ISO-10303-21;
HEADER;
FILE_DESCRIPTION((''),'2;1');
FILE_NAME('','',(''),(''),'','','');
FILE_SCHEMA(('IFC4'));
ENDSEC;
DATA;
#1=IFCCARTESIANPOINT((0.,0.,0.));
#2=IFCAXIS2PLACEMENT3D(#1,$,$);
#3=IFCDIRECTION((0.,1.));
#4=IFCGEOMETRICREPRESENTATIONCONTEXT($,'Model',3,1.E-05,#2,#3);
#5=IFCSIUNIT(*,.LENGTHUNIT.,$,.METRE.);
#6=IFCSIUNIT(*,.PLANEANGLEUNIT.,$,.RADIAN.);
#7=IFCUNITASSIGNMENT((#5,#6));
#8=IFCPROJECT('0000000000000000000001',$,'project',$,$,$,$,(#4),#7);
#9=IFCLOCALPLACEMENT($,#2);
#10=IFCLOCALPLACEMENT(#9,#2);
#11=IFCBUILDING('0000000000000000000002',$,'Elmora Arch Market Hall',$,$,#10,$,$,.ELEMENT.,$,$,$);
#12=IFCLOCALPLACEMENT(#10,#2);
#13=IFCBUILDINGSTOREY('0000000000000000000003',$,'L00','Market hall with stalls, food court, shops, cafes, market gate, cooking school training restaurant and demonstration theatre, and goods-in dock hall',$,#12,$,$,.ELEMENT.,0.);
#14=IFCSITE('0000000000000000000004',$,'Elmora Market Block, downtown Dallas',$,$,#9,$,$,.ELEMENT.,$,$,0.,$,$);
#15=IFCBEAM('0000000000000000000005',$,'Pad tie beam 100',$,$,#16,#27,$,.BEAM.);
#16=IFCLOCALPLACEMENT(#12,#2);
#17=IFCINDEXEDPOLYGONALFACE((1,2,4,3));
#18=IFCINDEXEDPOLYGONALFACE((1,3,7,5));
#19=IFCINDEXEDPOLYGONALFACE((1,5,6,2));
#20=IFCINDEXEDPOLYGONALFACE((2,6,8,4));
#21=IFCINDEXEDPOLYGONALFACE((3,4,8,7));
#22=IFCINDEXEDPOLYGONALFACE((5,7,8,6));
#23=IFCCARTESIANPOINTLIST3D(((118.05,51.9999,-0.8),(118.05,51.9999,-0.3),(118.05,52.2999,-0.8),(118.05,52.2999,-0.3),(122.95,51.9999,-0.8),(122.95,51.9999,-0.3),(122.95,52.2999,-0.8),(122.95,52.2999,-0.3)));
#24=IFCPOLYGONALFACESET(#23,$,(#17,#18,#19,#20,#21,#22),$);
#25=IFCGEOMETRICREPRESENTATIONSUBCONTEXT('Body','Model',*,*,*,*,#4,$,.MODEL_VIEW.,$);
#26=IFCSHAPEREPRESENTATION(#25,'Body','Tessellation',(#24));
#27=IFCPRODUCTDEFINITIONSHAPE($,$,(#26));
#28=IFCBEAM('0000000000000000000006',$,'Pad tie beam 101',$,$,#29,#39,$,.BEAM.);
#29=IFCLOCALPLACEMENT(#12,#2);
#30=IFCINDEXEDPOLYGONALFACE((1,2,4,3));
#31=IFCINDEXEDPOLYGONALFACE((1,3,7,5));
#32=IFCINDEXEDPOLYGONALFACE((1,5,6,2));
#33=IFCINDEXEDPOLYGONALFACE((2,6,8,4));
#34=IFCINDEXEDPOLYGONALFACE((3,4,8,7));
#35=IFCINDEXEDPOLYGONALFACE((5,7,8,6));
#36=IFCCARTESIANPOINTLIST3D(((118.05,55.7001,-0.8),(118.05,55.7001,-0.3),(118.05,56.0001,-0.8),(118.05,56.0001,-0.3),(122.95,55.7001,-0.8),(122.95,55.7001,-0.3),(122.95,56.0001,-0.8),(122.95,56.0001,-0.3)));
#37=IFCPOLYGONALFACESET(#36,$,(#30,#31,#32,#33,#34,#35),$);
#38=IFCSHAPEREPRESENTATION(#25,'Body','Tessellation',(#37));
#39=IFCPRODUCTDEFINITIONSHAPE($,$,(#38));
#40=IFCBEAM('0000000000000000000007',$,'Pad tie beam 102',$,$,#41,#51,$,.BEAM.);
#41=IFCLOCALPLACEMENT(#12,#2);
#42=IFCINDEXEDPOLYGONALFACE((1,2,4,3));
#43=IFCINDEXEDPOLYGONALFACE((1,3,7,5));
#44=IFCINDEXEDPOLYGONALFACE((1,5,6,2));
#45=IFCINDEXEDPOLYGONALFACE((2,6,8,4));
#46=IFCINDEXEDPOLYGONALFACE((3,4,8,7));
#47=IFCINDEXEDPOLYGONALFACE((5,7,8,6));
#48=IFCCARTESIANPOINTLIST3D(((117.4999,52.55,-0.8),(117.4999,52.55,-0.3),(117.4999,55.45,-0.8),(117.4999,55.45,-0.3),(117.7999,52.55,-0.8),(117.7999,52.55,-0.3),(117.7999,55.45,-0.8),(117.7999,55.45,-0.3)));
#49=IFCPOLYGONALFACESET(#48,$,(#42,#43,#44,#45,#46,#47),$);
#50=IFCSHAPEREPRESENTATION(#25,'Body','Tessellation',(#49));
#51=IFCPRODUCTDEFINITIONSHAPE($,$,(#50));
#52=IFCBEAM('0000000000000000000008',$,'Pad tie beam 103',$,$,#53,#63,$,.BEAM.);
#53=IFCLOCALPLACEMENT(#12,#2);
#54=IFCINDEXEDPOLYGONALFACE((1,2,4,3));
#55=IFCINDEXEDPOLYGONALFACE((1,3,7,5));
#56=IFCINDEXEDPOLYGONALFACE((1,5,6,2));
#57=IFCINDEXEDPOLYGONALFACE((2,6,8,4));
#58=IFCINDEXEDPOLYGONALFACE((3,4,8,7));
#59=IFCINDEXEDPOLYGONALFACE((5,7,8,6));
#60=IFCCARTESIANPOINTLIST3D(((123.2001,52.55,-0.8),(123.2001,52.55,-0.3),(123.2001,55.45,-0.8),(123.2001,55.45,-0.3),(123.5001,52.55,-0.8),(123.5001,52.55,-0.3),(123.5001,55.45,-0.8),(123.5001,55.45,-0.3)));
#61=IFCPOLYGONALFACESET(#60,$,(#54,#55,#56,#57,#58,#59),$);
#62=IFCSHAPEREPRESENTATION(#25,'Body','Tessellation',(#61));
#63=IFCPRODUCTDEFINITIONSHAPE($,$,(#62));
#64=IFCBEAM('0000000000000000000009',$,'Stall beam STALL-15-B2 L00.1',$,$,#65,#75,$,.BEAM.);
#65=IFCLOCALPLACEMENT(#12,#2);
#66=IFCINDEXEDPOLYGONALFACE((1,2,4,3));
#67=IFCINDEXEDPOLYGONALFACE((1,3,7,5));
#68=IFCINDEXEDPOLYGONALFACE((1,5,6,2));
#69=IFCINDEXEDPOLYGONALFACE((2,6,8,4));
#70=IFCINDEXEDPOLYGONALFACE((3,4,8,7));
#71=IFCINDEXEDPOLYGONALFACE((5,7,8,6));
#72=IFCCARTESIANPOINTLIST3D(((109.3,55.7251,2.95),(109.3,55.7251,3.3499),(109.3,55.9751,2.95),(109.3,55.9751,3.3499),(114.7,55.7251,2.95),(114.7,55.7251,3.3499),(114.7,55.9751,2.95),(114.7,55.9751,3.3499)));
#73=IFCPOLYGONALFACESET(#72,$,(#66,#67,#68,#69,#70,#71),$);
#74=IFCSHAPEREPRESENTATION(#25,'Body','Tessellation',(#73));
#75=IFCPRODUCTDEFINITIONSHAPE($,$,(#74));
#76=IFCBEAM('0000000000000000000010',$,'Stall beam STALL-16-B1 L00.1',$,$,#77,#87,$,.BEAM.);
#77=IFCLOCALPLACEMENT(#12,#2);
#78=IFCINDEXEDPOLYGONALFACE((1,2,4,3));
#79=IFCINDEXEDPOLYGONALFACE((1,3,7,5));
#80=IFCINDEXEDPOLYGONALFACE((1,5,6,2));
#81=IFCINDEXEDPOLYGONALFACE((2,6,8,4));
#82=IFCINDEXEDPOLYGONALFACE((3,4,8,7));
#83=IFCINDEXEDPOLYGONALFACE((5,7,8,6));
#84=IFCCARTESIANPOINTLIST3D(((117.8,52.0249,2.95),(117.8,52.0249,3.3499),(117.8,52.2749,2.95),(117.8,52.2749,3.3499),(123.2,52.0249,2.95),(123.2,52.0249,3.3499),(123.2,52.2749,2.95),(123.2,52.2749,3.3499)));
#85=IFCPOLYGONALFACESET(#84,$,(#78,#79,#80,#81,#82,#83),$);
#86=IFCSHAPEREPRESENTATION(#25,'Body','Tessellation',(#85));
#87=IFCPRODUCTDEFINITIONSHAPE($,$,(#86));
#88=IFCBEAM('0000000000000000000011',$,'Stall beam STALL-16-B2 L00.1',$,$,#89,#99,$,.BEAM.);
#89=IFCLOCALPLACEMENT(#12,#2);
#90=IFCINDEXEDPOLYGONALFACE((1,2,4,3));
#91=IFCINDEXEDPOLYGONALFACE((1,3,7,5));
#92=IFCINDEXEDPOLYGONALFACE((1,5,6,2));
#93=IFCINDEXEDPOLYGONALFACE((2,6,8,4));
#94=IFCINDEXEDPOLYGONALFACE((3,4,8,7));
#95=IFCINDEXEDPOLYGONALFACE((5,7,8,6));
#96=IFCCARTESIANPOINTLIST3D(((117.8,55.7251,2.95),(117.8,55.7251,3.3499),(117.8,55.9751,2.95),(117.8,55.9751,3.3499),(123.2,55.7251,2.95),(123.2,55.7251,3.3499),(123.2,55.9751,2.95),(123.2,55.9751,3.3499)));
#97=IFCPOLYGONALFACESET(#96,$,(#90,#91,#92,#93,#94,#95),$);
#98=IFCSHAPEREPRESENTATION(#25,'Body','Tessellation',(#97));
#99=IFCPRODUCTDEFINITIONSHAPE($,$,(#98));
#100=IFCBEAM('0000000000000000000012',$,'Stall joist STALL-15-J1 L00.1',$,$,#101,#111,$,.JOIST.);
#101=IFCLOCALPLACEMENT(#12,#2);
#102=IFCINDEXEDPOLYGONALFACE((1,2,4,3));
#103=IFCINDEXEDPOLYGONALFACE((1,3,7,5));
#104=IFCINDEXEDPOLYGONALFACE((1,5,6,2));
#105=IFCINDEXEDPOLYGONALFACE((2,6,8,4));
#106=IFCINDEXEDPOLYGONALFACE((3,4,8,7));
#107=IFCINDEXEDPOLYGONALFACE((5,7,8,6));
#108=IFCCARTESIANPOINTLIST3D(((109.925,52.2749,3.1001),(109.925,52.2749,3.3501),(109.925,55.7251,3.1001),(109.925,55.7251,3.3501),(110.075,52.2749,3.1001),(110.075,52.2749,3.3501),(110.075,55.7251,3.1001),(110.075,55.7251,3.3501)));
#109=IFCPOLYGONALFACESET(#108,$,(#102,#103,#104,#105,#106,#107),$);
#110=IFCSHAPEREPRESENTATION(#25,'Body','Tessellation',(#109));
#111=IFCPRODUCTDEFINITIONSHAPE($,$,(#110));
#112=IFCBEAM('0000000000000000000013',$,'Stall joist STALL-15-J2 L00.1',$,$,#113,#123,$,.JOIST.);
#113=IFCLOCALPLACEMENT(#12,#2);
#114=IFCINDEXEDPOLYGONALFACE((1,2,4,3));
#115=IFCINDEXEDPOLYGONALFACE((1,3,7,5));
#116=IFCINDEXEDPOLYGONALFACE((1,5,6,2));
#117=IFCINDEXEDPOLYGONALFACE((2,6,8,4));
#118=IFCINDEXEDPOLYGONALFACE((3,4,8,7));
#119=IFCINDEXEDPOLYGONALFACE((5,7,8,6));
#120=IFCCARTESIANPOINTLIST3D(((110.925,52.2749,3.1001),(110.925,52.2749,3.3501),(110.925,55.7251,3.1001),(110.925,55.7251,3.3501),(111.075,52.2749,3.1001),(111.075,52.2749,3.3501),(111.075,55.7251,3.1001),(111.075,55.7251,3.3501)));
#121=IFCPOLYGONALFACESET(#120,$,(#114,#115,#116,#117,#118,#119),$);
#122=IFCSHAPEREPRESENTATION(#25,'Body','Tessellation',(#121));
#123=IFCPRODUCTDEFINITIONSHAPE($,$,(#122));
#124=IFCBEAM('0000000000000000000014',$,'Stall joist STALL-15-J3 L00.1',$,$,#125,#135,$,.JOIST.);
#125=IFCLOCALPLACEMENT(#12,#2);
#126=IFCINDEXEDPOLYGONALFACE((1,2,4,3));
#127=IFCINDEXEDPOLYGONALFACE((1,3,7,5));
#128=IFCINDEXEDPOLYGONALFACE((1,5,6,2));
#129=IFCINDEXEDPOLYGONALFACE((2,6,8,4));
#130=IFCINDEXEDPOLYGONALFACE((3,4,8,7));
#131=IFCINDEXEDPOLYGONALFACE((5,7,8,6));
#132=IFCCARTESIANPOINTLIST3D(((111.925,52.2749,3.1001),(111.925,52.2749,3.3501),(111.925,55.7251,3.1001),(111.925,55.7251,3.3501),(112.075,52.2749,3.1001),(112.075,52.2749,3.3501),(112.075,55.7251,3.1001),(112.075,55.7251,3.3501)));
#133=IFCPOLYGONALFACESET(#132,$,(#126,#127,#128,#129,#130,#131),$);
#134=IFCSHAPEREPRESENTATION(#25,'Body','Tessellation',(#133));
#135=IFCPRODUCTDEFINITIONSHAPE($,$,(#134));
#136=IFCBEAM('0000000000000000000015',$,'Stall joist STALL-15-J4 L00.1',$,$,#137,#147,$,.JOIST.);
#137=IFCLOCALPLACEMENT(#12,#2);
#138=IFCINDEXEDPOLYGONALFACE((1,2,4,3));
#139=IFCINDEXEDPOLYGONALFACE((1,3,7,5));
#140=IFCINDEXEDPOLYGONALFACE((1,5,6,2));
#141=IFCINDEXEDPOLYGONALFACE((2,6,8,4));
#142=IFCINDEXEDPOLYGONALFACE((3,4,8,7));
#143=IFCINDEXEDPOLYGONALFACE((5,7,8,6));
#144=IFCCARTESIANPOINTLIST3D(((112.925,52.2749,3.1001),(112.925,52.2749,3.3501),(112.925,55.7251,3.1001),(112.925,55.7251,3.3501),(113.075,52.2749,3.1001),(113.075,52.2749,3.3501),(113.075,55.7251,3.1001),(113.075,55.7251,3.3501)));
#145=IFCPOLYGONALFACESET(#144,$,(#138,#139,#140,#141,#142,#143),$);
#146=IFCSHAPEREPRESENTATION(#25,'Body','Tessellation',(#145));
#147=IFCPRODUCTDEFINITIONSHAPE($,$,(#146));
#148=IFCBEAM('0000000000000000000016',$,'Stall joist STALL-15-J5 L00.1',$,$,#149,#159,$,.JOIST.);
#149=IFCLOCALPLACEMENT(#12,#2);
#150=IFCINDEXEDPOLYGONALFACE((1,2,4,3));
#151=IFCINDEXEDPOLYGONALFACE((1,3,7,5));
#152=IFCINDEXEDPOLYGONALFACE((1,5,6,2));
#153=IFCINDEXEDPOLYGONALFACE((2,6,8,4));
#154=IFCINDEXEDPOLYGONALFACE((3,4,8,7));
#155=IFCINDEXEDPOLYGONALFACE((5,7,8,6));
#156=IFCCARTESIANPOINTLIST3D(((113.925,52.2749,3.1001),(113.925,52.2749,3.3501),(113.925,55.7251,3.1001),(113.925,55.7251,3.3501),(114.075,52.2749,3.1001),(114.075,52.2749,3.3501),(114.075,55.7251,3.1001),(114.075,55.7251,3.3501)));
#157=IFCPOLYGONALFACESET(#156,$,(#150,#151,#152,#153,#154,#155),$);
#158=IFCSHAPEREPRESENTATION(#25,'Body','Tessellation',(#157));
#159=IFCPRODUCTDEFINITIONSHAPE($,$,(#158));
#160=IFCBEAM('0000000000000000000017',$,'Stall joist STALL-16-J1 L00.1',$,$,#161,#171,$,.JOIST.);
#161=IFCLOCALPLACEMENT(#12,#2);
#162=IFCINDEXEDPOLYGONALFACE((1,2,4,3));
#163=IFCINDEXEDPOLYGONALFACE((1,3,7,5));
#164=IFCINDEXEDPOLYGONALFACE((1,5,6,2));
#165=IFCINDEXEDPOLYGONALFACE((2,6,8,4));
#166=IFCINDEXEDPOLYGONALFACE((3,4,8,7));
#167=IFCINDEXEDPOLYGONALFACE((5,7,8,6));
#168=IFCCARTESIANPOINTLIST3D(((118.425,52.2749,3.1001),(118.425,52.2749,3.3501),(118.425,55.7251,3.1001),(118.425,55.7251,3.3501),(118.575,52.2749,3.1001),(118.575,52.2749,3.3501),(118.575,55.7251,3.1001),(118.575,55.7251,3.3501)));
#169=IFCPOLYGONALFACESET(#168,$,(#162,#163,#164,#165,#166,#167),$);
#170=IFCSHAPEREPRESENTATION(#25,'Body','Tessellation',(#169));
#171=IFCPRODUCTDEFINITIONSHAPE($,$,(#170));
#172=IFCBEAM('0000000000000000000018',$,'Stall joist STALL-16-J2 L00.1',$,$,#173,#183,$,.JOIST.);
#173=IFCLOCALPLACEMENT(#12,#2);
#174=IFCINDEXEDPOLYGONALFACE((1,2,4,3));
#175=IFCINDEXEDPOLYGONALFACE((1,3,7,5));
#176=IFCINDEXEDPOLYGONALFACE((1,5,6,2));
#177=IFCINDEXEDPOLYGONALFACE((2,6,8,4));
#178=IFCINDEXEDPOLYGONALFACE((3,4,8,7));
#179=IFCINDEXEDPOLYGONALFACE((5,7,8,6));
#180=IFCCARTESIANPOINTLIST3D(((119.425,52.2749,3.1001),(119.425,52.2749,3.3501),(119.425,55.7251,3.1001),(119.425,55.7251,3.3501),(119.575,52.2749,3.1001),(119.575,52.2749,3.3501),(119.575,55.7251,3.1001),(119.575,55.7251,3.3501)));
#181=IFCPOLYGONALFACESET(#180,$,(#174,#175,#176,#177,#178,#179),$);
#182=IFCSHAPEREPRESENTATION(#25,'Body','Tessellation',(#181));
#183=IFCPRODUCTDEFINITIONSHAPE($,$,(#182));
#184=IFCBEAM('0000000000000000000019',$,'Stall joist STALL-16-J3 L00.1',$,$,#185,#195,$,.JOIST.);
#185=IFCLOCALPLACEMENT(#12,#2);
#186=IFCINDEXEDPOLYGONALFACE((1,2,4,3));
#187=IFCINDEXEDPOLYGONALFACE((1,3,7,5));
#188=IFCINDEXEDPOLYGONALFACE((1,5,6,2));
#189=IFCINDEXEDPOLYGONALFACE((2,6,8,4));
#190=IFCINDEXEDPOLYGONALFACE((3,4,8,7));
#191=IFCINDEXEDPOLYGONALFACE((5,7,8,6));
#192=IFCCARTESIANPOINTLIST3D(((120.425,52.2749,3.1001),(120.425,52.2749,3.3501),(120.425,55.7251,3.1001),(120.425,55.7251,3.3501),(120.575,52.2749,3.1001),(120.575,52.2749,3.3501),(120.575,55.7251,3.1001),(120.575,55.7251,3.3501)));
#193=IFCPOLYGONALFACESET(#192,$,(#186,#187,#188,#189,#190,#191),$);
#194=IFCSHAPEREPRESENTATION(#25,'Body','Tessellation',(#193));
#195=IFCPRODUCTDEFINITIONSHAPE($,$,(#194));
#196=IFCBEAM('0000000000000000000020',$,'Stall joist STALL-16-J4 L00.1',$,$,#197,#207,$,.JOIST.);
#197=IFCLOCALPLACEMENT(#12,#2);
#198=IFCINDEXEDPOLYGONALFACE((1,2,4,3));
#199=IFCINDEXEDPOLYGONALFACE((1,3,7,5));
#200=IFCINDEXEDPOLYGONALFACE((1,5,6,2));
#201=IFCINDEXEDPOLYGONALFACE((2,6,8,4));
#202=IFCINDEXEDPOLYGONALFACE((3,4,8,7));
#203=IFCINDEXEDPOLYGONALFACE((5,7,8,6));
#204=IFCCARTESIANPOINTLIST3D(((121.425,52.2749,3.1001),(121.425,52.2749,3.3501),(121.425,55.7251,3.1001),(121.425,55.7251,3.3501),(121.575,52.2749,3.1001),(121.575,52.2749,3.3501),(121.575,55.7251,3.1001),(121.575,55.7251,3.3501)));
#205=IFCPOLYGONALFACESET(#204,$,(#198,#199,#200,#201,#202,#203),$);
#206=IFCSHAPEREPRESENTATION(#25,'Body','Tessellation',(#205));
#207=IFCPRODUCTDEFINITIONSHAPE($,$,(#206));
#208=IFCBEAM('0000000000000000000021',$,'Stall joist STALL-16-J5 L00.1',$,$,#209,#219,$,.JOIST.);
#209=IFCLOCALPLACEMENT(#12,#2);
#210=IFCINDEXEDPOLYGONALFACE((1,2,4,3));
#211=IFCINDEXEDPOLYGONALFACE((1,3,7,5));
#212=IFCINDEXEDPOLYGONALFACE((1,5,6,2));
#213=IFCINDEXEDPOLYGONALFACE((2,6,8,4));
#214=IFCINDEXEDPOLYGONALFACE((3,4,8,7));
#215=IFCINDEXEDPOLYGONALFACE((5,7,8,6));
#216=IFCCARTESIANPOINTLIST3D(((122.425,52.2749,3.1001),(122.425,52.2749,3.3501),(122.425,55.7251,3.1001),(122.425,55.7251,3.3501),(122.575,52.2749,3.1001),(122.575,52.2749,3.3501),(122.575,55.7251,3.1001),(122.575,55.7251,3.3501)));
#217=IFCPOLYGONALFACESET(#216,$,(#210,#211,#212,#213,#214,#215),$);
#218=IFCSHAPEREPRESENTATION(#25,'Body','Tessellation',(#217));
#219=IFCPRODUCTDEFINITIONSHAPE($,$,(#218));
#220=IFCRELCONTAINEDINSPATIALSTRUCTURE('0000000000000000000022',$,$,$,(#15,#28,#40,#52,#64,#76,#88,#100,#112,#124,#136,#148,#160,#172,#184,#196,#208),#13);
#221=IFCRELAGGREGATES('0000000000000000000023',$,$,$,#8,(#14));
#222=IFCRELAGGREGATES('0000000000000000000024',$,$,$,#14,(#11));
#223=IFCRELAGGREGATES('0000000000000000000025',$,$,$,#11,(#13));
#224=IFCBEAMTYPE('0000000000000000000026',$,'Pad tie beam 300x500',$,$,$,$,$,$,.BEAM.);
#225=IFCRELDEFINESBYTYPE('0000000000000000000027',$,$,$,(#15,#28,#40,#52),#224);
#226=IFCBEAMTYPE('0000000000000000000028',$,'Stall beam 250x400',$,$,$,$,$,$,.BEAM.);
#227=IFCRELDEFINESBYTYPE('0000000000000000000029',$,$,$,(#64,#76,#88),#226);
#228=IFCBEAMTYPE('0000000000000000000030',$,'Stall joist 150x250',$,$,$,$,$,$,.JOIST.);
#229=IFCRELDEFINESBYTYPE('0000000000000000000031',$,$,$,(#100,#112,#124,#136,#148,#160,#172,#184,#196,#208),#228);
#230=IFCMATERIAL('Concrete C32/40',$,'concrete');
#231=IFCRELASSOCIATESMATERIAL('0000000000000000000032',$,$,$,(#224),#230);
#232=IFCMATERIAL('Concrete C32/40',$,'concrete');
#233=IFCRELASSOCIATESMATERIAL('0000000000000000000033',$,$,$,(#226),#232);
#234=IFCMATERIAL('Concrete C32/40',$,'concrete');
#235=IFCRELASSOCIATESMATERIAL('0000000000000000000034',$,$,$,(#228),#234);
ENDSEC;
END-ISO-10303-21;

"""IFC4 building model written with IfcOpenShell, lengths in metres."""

from ifc_helpers import new_model, si_unit, direction, frame, origin, origin_2d, place, context, subcontext, project, spatial, rectangle, extrude, material, material_profile, profile_set, type_object, element, save


model = new_model("IFC4")

# Units and contexts
model_context = context("Model", 3, precision=1e-05, world=origin(), true_north=direction((0.0, 1.0)))
body_context = subcontext(model_context, "Body", "Model", "MODEL_VIEW")
ifc_project = project(units=[si_unit("LENGTHUNIT", "METRE"), si_unit("PLANEANGLEUNIT", "RADIAN")], contexts=[model_context])

# Site, building, storey
site_placement = place(None, origin())
site = spatial("IfcSite", under=ifc_project, at=site_placement, Name="Elmora Market Block, downtown Dallas", CompositionType="ELEMENT", RefElevation=0.0)
building_placement = place(site_placement, origin())
building = spatial("IfcBuilding", under=site, at=building_placement, Name="Elmora Arch Market Hall", CompositionType="ELEMENT")
storey_placement = place(building_placement, origin())
storey = spatial("IfcBuildingStorey", under=building, at=storey_placement, Name="L00", Description="Market hall with stalls, food court, shops, cafes, market gate, cooking school training restaurant and demonstration theatre, and goods-in dock hall", CompositionType="ELEMENT", Elevation=0.0)

# Beams
ifc_material_1 = material(Name="Concrete C32/40", Category="concrete")
ifc_material_profile_1 = material_profile(ifc_material_1, rectangle(XDim=0.3, YDim=0.5, at=origin_2d()), Name="Pad tie beam 300x500")
ifc_profile_set_1 = profile_set([ifc_material_profile_1], Name="Concrete C32/40")
beam_type_1 = type_object("IfcBeamType", Name="Pad tie beam 300x500", PredefinedType="BEAM", material=ifc_profile_set_1)
for number, where, z_axis, x_axis, name in (
    (1, (118.05, 52.1499, -0.55), (1.0, 0.0, 0.0), (0.0, 1.0, 0.0), "Pad tie beam 100"),
    (2, (118.05, 55.8501, -0.55), (1.0, 0.0, 0.0), (0.0, 1.0, 0.0), "Pad tie beam 101"),
):
    element("IfcBeam", number, at=place(storey_placement, frame(where, z_axis=z_axis, x_axis=x_axis)), inside=storey, type_object=beam_type_1, Name=name, PredefinedType="BEAM", context=body_context, shape_type="SweptSolid", body=[
        extrude(rectangle(XDim=0.3, YDim=0.5, at=origin_2d()), origin(), (0.0, 0.0, 1.0), 4.8999),
    ])
for number, where, z_axis, x_axis, name in (
    (3, (117.6499, 52.55, -0.55), (0.0, 1.0, 0.0), (-1.0, 0.0, 0.0), "Pad tie beam 102"),
    (4, (123.3501, 52.55, -0.55), (0.0, 1.0, 0.0), (-1.0, 0.0, 0.0), "Pad tie beam 103"),
):
    element("IfcBeam", number, at=place(storey_placement, frame(where, z_axis=z_axis, x_axis=x_axis)), inside=storey, type_object=beam_type_1, Name=name, PredefinedType="BEAM", context=body_context, shape_type="SweptSolid", body=[
        extrude(rectangle(XDim=0.3, YDim=0.5, at=origin_2d()), origin(), (0.0, 0.0, 1.0), 2.8999),
    ])
ifc_material_2 = material(Name="Concrete C32/40", Category="concrete")
ifc_material_profile_2 = material_profile(ifc_material_2, rectangle(XDim=0.25, YDim=0.3999, at=origin_2d()), Name="Stall beam 250x400")
ifc_profile_set_2 = profile_set([ifc_material_profile_2], Name="Concrete C32/40")
beam_type_2 = type_object("IfcBeamType", Name="Stall beam 250x400", PredefinedType="BEAM", material=ifc_profile_set_2)
for number, where, z_axis, x_axis, name in (
    (5, (109.3, 55.8501, 3.1499), (1.0, 0.0, 0.0), (0.0, 1.0, 0.0), "Stall beam STALL-15-B2 L00.1"),
    (6, (117.8, 52.1499, 3.1499), (1.0, 0.0, 0.0), (0.0, 1.0, 0.0), "Stall beam STALL-16-B1 L00.1"),
    (7, (117.8, 55.8501, 3.1499), (1.0, 0.0, 0.0), (0.0, 1.0, 0.0), "Stall beam STALL-16-B2 L00.1"),
):
    element("IfcBeam", number, at=place(storey_placement, frame(where, z_axis=z_axis, x_axis=x_axis)), inside=storey, type_object=beam_type_2, Name=name, PredefinedType="BEAM", context=body_context, shape_type="SweptSolid", body=[
        extrude(rectangle(XDim=0.25, YDim=0.3999, at=origin_2d()), origin(), (0.0, 0.0, 1.0), 5.3999),
    ])
ifc_material_3 = material(Name="Concrete C32/40", Category="concrete")
ifc_material_profile_3 = material_profile(ifc_material_3, rectangle(XDim=0.1499, YDim=0.25, at=origin_2d()), Name="Stall joist 150x250")
ifc_profile_set_3 = profile_set([ifc_material_profile_3], Name="Concrete C32/40")
beam_type_3 = type_object("IfcBeamType", Name="Stall joist 150x250", PredefinedType="JOIST", material=ifc_profile_set_3)
for number, where, z_axis, x_axis, name in (
    (8, (110.0, 52.2749, 3.2251), (0.0, 1.0, 0.0), (-1.0, 0.0, 0.0), "Stall joist STALL-15-J1 L00.1"),
    (9, (111.0, 52.2749, 3.2251), (0.0, 1.0, 0.0), (-1.0, 0.0, 0.0), "Stall joist STALL-15-J2 L00.1"),
    (10, (112.0, 52.2749, 3.2251), (0.0, 1.0, 0.0), (-1.0, 0.0, 0.0), "Stall joist STALL-15-J3 L00.1"),
    (11, (113.0, 52.2749, 3.2251), (0.0, 1.0, 0.0), (-1.0, 0.0, 0.0), "Stall joist STALL-15-J4 L00.1"),
    (12, (114.0, 52.2749, 3.2251), (0.0, 1.0, 0.0), (-1.0, 0.0, 0.0), "Stall joist STALL-15-J5 L00.1"),
    (13, (118.5, 52.2749, 3.2251), (0.0, 1.0, 0.0), (-1.0, 0.0, 0.0), "Stall joist STALL-16-J1 L00.1"),
    (14, (119.5, 52.2749, 3.2251), (0.0, 1.0, 0.0), (-1.0, 0.0, 0.0), "Stall joist STALL-16-J2 L00.1"),
    (15, (120.5, 52.2749, 3.2251), (0.0, 1.0, 0.0), (-1.0, 0.0, 0.0), "Stall joist STALL-16-J3 L00.1"),
    (16, (121.5, 52.2749, 3.2251), (0.0, 1.0, 0.0), (-1.0, 0.0, 0.0), "Stall joist STALL-16-J4 L00.1"),
    (17, (122.5, 52.2749, 3.2251), (0.0, 1.0, 0.0), (-1.0, 0.0, 0.0), "Stall joist STALL-16-J5 L00.1"),
):
    element("IfcBeam", number, at=place(storey_placement, frame(where, z_axis=z_axis, x_axis=x_axis)), inside=storey, type_object=beam_type_3, Name=name, PredefinedType="JOIST", context=body_context, shape_type="SweptSolid", body=[
        extrude(rectangle(XDim=0.1499, YDim=0.25, at=origin_2d()), origin(), (0.0, 0.0, 1.0), 3.4502),
    ])

save(model, "model.ifc")
